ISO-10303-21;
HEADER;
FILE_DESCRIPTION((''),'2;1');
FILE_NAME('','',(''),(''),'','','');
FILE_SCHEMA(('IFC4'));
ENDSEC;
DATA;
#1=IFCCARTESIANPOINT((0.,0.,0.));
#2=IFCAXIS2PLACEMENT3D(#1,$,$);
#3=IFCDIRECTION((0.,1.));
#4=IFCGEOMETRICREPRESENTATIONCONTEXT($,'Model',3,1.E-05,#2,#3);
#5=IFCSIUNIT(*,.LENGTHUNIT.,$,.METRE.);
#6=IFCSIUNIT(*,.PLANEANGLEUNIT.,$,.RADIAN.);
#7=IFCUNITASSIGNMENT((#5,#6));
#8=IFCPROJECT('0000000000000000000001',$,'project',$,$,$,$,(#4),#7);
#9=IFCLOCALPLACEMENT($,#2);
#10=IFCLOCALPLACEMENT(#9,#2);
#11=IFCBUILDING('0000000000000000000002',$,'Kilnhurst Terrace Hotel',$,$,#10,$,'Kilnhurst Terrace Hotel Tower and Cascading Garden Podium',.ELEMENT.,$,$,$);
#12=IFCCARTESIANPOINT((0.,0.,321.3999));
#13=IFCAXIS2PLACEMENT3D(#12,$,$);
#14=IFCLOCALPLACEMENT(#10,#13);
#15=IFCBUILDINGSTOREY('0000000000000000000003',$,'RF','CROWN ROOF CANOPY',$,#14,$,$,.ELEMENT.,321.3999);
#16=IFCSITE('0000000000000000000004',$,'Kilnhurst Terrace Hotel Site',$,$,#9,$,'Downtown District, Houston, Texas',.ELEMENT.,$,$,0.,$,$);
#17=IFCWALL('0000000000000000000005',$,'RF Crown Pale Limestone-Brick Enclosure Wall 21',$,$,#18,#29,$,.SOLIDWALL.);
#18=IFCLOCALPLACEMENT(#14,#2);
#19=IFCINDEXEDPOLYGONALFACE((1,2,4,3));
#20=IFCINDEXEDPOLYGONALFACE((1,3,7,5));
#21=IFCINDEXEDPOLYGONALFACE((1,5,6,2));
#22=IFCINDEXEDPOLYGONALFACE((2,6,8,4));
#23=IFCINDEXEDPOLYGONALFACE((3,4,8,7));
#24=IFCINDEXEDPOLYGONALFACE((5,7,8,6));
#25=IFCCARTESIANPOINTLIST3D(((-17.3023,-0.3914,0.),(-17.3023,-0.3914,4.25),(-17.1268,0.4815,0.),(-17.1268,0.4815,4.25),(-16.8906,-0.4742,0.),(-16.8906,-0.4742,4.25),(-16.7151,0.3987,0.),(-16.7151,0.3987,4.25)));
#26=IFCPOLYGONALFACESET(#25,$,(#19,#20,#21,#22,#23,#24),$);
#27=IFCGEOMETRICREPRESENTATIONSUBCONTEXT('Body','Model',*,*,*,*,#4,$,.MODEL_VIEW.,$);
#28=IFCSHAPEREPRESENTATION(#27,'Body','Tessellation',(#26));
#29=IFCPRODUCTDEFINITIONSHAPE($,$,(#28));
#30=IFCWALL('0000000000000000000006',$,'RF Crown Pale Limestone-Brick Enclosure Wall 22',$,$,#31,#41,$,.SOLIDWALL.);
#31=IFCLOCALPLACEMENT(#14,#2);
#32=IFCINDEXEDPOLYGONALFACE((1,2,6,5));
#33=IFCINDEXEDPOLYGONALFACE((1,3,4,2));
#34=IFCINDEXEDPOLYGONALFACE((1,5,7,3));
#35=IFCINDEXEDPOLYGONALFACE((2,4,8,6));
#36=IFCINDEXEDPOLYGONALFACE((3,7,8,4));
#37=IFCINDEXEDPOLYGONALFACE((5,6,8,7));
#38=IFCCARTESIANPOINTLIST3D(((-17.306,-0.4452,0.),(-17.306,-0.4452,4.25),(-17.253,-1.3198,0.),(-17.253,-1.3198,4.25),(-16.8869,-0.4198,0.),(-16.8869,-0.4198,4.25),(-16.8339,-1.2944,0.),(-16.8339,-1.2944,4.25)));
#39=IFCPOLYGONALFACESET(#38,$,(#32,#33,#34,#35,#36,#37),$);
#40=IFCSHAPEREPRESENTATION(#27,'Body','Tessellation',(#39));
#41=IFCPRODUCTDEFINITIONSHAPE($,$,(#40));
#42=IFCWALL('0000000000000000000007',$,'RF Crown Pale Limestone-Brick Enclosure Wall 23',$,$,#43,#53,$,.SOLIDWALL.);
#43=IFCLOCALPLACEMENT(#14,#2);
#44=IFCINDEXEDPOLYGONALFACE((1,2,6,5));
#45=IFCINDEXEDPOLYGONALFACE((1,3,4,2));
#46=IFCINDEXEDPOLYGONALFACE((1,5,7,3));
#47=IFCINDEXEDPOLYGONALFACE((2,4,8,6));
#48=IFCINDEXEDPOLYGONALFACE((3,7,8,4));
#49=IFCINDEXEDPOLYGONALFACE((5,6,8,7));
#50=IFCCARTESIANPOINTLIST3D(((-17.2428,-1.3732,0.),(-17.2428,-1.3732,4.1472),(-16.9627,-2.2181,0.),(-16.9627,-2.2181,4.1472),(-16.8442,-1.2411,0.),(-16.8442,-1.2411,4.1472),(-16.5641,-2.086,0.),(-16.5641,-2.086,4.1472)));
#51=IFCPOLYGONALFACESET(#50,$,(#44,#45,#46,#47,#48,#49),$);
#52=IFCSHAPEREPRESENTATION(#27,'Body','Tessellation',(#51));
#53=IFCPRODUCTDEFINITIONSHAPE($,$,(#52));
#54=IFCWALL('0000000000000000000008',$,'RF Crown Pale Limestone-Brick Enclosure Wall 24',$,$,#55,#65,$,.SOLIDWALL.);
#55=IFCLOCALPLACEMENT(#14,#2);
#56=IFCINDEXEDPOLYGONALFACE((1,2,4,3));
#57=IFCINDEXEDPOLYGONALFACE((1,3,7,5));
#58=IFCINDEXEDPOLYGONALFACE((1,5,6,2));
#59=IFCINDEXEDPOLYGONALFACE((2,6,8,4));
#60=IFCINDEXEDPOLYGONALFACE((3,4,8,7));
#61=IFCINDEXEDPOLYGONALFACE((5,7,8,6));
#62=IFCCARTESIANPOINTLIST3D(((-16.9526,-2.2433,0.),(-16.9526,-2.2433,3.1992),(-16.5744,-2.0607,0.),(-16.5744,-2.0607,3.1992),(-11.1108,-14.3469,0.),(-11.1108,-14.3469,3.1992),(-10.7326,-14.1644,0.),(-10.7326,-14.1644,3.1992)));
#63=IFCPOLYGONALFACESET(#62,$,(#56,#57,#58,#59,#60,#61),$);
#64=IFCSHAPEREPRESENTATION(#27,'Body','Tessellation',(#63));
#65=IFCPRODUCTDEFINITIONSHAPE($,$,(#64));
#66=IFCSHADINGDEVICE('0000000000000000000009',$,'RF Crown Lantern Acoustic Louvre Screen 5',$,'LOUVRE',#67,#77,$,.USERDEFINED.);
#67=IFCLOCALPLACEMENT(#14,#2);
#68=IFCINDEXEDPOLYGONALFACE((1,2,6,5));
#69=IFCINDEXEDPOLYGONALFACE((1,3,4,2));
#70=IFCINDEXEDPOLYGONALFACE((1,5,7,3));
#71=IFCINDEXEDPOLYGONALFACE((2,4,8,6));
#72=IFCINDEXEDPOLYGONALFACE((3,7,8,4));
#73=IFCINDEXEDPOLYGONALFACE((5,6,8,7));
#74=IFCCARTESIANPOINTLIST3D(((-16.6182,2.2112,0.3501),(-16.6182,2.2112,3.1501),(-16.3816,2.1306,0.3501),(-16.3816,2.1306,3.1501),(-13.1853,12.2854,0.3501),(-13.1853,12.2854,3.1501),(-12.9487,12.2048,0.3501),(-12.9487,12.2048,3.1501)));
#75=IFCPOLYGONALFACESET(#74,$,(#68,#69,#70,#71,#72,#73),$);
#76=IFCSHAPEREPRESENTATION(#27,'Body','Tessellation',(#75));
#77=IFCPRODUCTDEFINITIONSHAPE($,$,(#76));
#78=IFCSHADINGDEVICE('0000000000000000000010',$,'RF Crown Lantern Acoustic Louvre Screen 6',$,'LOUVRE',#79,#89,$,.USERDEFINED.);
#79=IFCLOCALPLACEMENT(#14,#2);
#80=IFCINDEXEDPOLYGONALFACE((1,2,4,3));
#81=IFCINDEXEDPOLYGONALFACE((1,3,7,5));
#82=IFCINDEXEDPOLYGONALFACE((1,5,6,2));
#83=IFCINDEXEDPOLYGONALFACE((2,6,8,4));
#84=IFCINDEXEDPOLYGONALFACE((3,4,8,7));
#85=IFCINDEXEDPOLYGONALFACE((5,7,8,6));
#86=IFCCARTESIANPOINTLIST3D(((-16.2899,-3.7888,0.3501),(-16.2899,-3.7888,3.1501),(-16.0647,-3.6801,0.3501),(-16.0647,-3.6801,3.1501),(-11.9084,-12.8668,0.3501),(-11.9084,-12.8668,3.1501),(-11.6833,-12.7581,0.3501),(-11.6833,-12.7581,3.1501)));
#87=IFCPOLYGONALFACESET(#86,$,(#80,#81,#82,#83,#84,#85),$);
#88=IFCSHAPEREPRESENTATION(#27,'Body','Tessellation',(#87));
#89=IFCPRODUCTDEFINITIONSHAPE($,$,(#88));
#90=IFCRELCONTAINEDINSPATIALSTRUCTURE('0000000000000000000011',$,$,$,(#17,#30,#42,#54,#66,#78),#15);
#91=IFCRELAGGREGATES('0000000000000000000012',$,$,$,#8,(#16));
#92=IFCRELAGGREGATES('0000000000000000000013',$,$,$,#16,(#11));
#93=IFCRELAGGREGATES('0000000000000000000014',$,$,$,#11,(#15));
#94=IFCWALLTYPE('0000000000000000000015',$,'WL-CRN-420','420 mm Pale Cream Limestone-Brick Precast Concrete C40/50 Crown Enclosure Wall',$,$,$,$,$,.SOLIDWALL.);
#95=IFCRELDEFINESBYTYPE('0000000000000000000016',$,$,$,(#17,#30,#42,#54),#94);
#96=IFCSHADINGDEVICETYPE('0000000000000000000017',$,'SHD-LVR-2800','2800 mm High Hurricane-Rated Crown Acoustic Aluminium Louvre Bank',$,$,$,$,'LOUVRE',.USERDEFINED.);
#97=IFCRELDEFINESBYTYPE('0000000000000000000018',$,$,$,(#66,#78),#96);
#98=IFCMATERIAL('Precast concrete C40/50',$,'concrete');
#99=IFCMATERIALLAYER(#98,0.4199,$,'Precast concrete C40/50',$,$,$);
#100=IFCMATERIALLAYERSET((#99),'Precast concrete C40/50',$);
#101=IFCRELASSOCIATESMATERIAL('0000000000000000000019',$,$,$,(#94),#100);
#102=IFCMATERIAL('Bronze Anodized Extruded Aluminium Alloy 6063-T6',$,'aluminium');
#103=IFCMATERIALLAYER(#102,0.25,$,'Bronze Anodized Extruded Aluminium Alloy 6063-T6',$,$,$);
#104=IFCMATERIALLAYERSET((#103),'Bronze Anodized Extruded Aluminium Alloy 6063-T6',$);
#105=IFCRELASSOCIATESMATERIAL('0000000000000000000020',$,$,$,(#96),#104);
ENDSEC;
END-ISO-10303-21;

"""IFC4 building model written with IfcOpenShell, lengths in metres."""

from ifc_helpers import new_model, si_unit, direction, frame, frame_2d, origin, origin_2d, place, context, subcontext, project, spatial, rectangle, extrude, material, layer, layer_set, type_object, element, save


model = new_model("IFC4")

# Units and contexts
model_context = context("Model", 3, precision=1e-05, world=origin(), true_north=direction((0.0, 1.0)))
body_context = subcontext(model_context, "Body", "Model", "MODEL_VIEW")
ifc_project = project(units=[si_unit("LENGTHUNIT", "METRE"), si_unit("PLANEANGLEUNIT", "RADIAN")], contexts=[model_context])

# Site, building, storey
site_placement = place(None, origin())
site = spatial("IfcSite", under=ifc_project, at=site_placement, Name="Kilnhurst Terrace Hotel Site", LongName="Downtown District, Houston, Texas", CompositionType="ELEMENT", RefElevation=0.0)
building_placement = place(site_placement, origin())
building = spatial("IfcBuilding", under=site, at=building_placement, Name="Kilnhurst Terrace Hotel", LongName="Kilnhurst Terrace Hotel Tower and Cascading Garden Podium", CompositionType="ELEMENT")
storey_placement = place(building_placement, frame((0.0, 0.0, 321.3999)))
storey = spatial("IfcBuildingStorey", under=building, at=storey_placement, Name="RF", Description="CROWN ROOF CANOPY", CompositionType="ELEMENT", Elevation=321.3999)

# Shared definitions
ifc_material_1 = material(Name="Precast concrete C40/50", Category="concrete")

# Walls
ifc_layer_1 = layer(ifc_material_1, 0.4199, Name="Precast concrete C40/50")
ifc_layer_set_1 = layer_set([ifc_layer_1], Name="Precast concrete C40/50")
wall_type = type_object("IfcWallType", Name="WL-CRN-420", Description="420 mm Pale Cream Limestone-Brick Precast Concrete C40/50 Crown Enclosure Wall", PredefinedType="SOLIDWALL", material=ifc_layer_set_1)
wall_1_placement = place(storey_placement, frame((-16.9209, 0.4402, 0.0), z_axis=(0.0, 0.0, 1.0), x_axis=(-0.197171, -0.980369, 0.0)))
element("IfcWall", 1, at=wall_1_placement, inside=storey, type_object=wall_type, Name="RF Crown Pale Limestone-Brick Enclosure Wall 21", PredefinedType="SOLIDWALL", context=body_context, shape_type="SweptSolid", body=[
    extrude(rectangle(XDim=0.8904, YDim=0.4199, at=frame_2d((0.4453, 0.0))), origin(), (0.0, 0.0, 1.0), 4.25),
])
wall_2_placement = place(storey_placement, frame((-17.0964, -0.4326, 0.0), z_axis=(0.0, 0.0, 1.0), x_axis=(0.06047, -0.99817, 0.0)))
element("IfcWall", 2, at=wall_2_placement, inside=storey, type_object=wall_type, Name="RF Crown Pale Limestone-Brick Enclosure Wall 22", PredefinedType="SOLIDWALL", context=body_context, shape_type="SweptSolid", body=[
    extrude(rectangle(XDim=0.8762, YDim=0.4199, at=frame_2d((0.438, 0.0))), origin(), (0.0, 0.0, 1.0), 4.25),
])
wall_3_placement = place(storey_placement, frame((-17.0435, -1.3071, 0.0), z_axis=(0.0, 0.0, 1.0), x_axis=(0.314582, -0.94923, 0.0)))
element("IfcWall", 3, at=wall_3_placement, inside=storey, type_object=wall_type, Name="RF Crown Pale Limestone-Brick Enclosure Wall 23", PredefinedType="SOLIDWALL", context=body_context, shape_type="SweptSolid", body=[
    extrude(rectangle(XDim=0.8901, YDim=0.4199, at=frame_2d((0.4451, 0.0))), origin(), (0.0, 0.0, 1.0), 4.1472),
])
wall_4_placement = place(storey_placement, frame((-16.7634, -2.1521, 0.0), z_axis=(0.0, 0.0, 1.0), x_axis=(0.434665, -0.900592, 0.0)))
element("IfcWall", 4, at=wall_4_placement, inside=storey, type_object=wall_type, Name="RF Crown Pale Limestone-Brick Enclosure Wall 24", PredefinedType="SOLIDWALL", context=body_context, shape_type="SweptSolid", body=[
    extrude(rectangle(XDim=13.4397, YDim=0.4199, at=frame_2d((6.7197, 0.0))), origin(), (0.0, 0.0, 1.0), 3.1992),
])

# Shading devices
ifc_material_2 = material(Name="Bronze Anodized Extruded Aluminium Alloy 6063-T6", Category="aluminium")
ifc_layer_2 = layer(ifc_material_2, 0.25, Name="Bronze Anodized Extruded Aluminium Alloy 6063-T6")
ifc_layer_set_2 = layer_set([ifc_layer_2], Name="Bronze Anodized Extruded Aluminium Alloy 6063-T6")
shading_device_type = type_object("IfcShadingDeviceType", Name="SHD-LVR-2800", Description="2800 mm High Hurricane-Rated Crown Acoustic Aluminium Louvre Bank", ElementType="LOUVRE", PredefinedType="USERDEFINED", material=ifc_layer_set_2)
shading_device_1_placement = place(storey_placement, frame((-14.7834, 7.208, 0.3501), z_axis=(0.0, 0.0, 1.0), x_axis=(-0.322547, -0.946554, 0.0)))
element("IfcShadingDevice", 5, at=shading_device_1_placement, inside=storey, type_object=shading_device_type, Name="RF Crown Lantern Acoustic Louvre Screen 5", ObjectType="LOUVRE", PredefinedType="USERDEFINED", context=body_context, shape_type="SweptSolid", body=[
    extrude(rectangle(XDim=10.6431, YDim=0.25, at=origin_2d()), origin(), (0.0, 0.0, 1.0), 2.8),
])
shading_device_2_placement = place(storey_placement, frame((-13.9866, -8.2734, 0.3501), z_axis=(0.0, 0.0, 1.0), x_axis=(0.434665, -0.900592, 0.0)))
element("IfcShadingDevice", 6, at=shading_device_2_placement, inside=storey, type_object=shading_device_type, Name="RF Crown Lantern Acoustic Louvre Screen 6", ObjectType="LOUVRE", PredefinedType="USERDEFINED", context=body_context, shape_type="SweptSolid", body=[
    extrude(rectangle(XDim=10.0801, YDim=0.25, at=origin_2d()), origin(), (0.0, 0.0, 1.0), 2.8),
])

save(model, "model.ifc")
